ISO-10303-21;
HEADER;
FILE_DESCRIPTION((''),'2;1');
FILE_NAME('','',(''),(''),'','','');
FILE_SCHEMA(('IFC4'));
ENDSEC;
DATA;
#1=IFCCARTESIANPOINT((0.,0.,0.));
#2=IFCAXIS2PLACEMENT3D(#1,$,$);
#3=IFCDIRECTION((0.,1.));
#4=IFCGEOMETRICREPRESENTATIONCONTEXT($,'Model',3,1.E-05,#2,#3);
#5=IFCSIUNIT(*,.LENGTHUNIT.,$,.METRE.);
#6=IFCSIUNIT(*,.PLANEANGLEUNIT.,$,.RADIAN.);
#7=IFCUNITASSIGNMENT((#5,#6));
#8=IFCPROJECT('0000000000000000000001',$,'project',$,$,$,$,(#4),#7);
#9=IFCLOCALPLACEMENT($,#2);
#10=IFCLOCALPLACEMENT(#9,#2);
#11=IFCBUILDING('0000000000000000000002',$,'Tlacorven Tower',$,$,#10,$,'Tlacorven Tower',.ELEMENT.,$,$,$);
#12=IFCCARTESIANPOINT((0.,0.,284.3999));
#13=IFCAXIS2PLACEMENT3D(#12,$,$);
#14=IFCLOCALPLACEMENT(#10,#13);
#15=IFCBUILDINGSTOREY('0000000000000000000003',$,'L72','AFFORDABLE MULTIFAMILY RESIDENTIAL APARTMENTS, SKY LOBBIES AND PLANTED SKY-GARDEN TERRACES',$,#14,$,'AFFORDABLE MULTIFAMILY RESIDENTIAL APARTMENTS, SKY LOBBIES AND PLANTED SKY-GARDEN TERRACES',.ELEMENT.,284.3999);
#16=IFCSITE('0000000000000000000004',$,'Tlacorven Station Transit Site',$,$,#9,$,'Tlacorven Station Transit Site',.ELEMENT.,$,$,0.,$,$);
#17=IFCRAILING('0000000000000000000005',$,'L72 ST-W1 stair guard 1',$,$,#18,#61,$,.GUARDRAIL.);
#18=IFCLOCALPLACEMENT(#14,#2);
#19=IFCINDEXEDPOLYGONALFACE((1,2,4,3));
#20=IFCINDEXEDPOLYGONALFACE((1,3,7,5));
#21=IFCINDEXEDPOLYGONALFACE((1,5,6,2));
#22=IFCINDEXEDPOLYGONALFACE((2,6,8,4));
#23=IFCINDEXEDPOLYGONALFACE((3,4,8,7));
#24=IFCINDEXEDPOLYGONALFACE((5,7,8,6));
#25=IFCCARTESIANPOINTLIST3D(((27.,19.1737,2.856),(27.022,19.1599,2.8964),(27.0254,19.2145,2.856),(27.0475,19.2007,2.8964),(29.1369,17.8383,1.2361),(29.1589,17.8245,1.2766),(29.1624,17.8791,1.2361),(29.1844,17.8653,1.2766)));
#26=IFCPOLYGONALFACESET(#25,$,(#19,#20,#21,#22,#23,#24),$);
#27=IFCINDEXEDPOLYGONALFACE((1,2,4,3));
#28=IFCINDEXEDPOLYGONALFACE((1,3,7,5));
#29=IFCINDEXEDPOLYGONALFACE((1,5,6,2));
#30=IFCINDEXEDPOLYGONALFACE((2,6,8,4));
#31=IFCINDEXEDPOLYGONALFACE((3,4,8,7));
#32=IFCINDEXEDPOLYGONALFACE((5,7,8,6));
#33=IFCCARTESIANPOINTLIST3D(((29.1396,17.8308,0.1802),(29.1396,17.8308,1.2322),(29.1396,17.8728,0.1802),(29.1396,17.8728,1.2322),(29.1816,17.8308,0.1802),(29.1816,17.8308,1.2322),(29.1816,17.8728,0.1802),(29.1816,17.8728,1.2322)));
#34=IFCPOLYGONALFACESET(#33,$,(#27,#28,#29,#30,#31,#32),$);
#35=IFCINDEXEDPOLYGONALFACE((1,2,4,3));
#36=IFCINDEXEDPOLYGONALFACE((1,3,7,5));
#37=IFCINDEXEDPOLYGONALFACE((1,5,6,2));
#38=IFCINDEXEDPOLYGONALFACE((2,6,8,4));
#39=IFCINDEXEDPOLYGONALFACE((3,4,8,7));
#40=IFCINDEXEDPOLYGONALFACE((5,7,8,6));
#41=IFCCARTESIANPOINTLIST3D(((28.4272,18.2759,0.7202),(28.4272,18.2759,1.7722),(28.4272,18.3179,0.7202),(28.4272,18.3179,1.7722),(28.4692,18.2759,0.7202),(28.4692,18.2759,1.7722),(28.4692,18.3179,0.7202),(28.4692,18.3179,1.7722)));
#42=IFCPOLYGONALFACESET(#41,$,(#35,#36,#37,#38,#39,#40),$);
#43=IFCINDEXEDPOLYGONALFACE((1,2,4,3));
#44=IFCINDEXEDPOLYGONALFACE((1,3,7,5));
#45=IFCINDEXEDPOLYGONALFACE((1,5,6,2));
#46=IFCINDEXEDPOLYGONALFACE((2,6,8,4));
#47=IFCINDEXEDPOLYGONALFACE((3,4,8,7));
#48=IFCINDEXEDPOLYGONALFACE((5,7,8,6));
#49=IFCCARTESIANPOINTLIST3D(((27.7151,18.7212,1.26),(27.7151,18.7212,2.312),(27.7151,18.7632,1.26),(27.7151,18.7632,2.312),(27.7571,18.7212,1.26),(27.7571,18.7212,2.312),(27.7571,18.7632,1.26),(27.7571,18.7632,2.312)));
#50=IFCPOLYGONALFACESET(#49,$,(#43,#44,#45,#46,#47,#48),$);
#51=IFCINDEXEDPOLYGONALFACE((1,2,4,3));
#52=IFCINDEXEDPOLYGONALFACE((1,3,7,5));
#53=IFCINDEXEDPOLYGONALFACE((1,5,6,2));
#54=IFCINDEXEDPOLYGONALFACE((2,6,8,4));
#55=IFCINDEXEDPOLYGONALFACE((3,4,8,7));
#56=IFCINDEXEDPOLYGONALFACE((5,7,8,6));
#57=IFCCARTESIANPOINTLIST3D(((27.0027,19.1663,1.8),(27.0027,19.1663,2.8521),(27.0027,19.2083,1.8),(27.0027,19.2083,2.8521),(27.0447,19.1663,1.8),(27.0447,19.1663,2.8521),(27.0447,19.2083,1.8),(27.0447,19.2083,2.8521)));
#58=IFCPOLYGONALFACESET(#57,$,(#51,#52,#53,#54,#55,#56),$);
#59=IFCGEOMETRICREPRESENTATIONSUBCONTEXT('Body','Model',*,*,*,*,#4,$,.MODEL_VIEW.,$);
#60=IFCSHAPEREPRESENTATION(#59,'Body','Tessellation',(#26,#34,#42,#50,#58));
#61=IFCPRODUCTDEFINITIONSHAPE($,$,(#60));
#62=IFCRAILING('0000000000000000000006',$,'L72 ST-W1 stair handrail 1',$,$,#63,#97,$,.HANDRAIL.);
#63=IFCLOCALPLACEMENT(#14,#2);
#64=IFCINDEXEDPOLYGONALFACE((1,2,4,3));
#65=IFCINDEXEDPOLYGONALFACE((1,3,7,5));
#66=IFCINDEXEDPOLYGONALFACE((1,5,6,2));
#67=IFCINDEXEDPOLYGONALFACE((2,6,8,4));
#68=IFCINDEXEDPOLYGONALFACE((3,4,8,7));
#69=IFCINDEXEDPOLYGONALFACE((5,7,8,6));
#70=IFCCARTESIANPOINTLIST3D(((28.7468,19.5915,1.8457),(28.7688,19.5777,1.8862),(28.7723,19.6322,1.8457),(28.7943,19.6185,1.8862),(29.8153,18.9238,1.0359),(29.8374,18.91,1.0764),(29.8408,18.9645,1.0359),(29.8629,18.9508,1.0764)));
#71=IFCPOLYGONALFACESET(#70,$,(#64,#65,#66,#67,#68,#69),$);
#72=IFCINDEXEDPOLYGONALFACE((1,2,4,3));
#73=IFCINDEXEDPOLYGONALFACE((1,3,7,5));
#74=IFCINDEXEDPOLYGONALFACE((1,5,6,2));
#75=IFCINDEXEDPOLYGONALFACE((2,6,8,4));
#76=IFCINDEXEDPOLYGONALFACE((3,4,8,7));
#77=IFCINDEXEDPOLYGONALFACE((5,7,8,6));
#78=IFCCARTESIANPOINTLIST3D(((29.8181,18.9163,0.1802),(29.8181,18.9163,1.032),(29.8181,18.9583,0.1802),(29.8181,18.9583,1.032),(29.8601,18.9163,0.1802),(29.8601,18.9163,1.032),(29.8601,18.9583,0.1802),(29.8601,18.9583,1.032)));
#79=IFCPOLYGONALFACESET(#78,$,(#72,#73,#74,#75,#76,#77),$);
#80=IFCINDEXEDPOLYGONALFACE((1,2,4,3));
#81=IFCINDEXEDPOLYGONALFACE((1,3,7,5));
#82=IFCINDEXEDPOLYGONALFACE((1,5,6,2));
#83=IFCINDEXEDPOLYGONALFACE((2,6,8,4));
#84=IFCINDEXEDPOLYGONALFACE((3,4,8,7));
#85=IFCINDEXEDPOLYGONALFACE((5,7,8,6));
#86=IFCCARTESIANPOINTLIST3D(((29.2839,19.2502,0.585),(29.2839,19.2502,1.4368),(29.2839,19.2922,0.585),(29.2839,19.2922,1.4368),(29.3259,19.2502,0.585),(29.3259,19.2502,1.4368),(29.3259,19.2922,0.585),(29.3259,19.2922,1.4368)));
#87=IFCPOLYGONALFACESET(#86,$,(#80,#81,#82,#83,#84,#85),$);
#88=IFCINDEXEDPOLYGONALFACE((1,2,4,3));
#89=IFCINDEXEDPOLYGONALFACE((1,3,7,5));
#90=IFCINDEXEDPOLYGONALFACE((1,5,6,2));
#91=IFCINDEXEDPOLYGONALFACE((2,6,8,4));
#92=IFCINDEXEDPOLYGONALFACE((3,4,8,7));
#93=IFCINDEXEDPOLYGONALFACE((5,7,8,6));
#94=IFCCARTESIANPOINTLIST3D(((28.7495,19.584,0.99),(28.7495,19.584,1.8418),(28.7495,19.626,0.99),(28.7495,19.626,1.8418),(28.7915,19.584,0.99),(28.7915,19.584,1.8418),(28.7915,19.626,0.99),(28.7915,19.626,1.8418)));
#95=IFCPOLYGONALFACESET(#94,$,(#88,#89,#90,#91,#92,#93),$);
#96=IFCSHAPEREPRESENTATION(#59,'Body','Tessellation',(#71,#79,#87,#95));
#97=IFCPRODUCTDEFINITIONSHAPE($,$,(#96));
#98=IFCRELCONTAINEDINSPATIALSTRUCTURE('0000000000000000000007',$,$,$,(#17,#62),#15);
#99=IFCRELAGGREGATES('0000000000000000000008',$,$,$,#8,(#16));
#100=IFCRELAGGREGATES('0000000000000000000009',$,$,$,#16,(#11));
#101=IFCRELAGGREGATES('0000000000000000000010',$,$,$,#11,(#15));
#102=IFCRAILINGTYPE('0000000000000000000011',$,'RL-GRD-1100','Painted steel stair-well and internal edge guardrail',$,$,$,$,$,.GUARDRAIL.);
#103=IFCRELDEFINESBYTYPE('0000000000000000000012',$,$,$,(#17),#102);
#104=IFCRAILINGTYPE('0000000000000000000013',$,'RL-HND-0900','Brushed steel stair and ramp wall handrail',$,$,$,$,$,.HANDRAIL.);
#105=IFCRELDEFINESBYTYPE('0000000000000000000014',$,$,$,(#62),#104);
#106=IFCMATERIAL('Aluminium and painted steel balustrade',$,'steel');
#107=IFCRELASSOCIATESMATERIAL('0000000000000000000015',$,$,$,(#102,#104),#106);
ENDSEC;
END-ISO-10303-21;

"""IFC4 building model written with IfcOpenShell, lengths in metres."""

from ifc_helpers import new_model, si_unit, direction, frame, origin, origin_2d, place, context, subcontext, project, spatial, rectangle, extrude, source, transform, mapped, material, type_object, element, save


model = new_model("IFC4")

# Units and contexts
model_context = context("Model", 3, precision=1e-05, world=origin(), true_north=direction((0.0, 1.0)))
body_context = subcontext(model_context, "Body", "Model", "MODEL_VIEW")
ifc_project = project(units=[si_unit("LENGTHUNIT", "METRE"), si_unit("PLANEANGLEUNIT", "RADIAN")], contexts=[model_context])

# Site, building, storey
site_placement = place(None, origin())
site = spatial("IfcSite", under=ifc_project, at=site_placement, Name="Tlacorven Station Transit Site", LongName="Tlacorven Station Transit Site", CompositionType="ELEMENT", RefElevation=0.0)
building_placement = place(site_placement, origin())
building = spatial("IfcBuilding", under=site, at=building_placement, Name="Tlacorven Tower", LongName="Tlacorven Tower", CompositionType="ELEMENT")
storey_placement = place(building_placement, frame((0.0, 0.0, 284.3999)))
storey = spatial("IfcBuildingStorey", under=building, at=storey_placement, Name="L72", Description="AFFORDABLE MULTIFAMILY RESIDENTIAL APARTMENTS, SKY LOBBIES AND PLANTED SKY-GARDEN TERRACES", LongName="AFFORDABLE MULTIFAMILY RESIDENTIAL APARTMENTS, SKY LOBBIES AND PLANTED SKY-GARDEN TERRACES", CompositionType="ELEMENT", Elevation=284.3999)

# Railings
ifc_material_1 = material(Name="Aluminium and painted steel balustrade", Category="steel")
railing_type_1 = type_object("IfcRailingType", Name="RL-GRD-1100", Description="Painted steel stair-well and internal edge guardrail", PredefinedType="GUARDRAIL", material=ifc_material_1)
railing_type_2 = type_object("IfcRailingType", Name="RL-HND-0900", Description="Brushed steel stair and ramp wall handrail", PredefinedType="HANDRAIL", material=ifc_material_1)
shared_shape_1 = source(origin(), body_context, "Body", "SweptSolid", [
    extrude(rectangle(XDim=0.0481, YDim=0.0481, at=origin_2d()), frame((0.0, 0.0, 1.0762), z_axis=(-0.713351, 0.445794, 0.540739), x_axis=(-0.529955, -0.848026, 0.0)), (0.0, 0.0, 1.0), 2.9956),
    extrude(rectangle(XDim=0.042, YDim=0.042, at=origin_2d()), origin(), (0.0, 0.0, 1.0), 1.052),
    extrude(rectangle(XDim=0.042, YDim=0.042, at=origin_2d()), frame((-0.7124, 0.4451, 0.54)), (0.0, 0.0, 1.0), 1.052),
    extrude(rectangle(XDim=0.042, YDim=0.042, at=origin_2d()), frame((-1.4246, 0.8904, 1.0798)), (0.0, 0.0, 1.0), 1.052),
    extrude(rectangle(XDim=0.042, YDim=0.042, at=origin_2d()), frame((-2.137, 1.3354, 1.6199)), (0.0, 0.0, 1.0), 1.052),
])
railing_1_placement = place(storey_placement, frame((29.1606, 17.8518, 0.1802)))
element("IfcRailing", 1, at=railing_1_placement, inside=storey, type_object=railing_type_1, Name="L72 ST-W1 stair guard 1", PredefinedType="GUARDRAIL", context=body_context, shape_type="MappedRepresentation", body=[
    mapped(shared_shape_1, transform((0.0, 0.0, 0.0), scale=1.0)),
])
shared_shape_2 = source(origin(), body_context, "Body", "SweptSolid", [
    extrude(rectangle(XDim=0.0481, YDim=0.0481, at=origin_2d()), frame((0.0, 0.0, 0.876), z_axis=(-0.713423, 0.445787, 0.540649), x_axis=(-0.529912, -0.848053, 0.0)), (0.0, 0.0, 1.0), 1.4978),
    extrude(rectangle(XDim=0.042, YDim=0.042, at=origin_2d()), origin(), (0.0, 0.0, 1.0), 0.8518),
    extrude(rectangle(XDim=0.042, YDim=0.042, at=origin_2d()), frame((-0.5342, 0.334, 0.4048)), (0.0, 0.0, 1.0), 0.8518),
    extrude(rectangle(XDim=0.042, YDim=0.042, at=origin_2d()), frame((-1.0686, 0.6677, 0.8098)), (0.0, 0.0, 1.0), 0.8518),
])
railing_2_placement = place(storey_placement, frame((29.8391, 18.9373, 0.1802)))
element("IfcRailing", 2, at=railing_2_placement, inside=storey, type_object=railing_type_2, Name="L72 ST-W1 stair handrail 1", PredefinedType="HANDRAIL", context=body_context, shape_type="MappedRepresentation", body=[
    mapped(shared_shape_2, transform((0.0, 0.0, 0.0), scale=1.0)),
])

save(model, "model.ifc")
